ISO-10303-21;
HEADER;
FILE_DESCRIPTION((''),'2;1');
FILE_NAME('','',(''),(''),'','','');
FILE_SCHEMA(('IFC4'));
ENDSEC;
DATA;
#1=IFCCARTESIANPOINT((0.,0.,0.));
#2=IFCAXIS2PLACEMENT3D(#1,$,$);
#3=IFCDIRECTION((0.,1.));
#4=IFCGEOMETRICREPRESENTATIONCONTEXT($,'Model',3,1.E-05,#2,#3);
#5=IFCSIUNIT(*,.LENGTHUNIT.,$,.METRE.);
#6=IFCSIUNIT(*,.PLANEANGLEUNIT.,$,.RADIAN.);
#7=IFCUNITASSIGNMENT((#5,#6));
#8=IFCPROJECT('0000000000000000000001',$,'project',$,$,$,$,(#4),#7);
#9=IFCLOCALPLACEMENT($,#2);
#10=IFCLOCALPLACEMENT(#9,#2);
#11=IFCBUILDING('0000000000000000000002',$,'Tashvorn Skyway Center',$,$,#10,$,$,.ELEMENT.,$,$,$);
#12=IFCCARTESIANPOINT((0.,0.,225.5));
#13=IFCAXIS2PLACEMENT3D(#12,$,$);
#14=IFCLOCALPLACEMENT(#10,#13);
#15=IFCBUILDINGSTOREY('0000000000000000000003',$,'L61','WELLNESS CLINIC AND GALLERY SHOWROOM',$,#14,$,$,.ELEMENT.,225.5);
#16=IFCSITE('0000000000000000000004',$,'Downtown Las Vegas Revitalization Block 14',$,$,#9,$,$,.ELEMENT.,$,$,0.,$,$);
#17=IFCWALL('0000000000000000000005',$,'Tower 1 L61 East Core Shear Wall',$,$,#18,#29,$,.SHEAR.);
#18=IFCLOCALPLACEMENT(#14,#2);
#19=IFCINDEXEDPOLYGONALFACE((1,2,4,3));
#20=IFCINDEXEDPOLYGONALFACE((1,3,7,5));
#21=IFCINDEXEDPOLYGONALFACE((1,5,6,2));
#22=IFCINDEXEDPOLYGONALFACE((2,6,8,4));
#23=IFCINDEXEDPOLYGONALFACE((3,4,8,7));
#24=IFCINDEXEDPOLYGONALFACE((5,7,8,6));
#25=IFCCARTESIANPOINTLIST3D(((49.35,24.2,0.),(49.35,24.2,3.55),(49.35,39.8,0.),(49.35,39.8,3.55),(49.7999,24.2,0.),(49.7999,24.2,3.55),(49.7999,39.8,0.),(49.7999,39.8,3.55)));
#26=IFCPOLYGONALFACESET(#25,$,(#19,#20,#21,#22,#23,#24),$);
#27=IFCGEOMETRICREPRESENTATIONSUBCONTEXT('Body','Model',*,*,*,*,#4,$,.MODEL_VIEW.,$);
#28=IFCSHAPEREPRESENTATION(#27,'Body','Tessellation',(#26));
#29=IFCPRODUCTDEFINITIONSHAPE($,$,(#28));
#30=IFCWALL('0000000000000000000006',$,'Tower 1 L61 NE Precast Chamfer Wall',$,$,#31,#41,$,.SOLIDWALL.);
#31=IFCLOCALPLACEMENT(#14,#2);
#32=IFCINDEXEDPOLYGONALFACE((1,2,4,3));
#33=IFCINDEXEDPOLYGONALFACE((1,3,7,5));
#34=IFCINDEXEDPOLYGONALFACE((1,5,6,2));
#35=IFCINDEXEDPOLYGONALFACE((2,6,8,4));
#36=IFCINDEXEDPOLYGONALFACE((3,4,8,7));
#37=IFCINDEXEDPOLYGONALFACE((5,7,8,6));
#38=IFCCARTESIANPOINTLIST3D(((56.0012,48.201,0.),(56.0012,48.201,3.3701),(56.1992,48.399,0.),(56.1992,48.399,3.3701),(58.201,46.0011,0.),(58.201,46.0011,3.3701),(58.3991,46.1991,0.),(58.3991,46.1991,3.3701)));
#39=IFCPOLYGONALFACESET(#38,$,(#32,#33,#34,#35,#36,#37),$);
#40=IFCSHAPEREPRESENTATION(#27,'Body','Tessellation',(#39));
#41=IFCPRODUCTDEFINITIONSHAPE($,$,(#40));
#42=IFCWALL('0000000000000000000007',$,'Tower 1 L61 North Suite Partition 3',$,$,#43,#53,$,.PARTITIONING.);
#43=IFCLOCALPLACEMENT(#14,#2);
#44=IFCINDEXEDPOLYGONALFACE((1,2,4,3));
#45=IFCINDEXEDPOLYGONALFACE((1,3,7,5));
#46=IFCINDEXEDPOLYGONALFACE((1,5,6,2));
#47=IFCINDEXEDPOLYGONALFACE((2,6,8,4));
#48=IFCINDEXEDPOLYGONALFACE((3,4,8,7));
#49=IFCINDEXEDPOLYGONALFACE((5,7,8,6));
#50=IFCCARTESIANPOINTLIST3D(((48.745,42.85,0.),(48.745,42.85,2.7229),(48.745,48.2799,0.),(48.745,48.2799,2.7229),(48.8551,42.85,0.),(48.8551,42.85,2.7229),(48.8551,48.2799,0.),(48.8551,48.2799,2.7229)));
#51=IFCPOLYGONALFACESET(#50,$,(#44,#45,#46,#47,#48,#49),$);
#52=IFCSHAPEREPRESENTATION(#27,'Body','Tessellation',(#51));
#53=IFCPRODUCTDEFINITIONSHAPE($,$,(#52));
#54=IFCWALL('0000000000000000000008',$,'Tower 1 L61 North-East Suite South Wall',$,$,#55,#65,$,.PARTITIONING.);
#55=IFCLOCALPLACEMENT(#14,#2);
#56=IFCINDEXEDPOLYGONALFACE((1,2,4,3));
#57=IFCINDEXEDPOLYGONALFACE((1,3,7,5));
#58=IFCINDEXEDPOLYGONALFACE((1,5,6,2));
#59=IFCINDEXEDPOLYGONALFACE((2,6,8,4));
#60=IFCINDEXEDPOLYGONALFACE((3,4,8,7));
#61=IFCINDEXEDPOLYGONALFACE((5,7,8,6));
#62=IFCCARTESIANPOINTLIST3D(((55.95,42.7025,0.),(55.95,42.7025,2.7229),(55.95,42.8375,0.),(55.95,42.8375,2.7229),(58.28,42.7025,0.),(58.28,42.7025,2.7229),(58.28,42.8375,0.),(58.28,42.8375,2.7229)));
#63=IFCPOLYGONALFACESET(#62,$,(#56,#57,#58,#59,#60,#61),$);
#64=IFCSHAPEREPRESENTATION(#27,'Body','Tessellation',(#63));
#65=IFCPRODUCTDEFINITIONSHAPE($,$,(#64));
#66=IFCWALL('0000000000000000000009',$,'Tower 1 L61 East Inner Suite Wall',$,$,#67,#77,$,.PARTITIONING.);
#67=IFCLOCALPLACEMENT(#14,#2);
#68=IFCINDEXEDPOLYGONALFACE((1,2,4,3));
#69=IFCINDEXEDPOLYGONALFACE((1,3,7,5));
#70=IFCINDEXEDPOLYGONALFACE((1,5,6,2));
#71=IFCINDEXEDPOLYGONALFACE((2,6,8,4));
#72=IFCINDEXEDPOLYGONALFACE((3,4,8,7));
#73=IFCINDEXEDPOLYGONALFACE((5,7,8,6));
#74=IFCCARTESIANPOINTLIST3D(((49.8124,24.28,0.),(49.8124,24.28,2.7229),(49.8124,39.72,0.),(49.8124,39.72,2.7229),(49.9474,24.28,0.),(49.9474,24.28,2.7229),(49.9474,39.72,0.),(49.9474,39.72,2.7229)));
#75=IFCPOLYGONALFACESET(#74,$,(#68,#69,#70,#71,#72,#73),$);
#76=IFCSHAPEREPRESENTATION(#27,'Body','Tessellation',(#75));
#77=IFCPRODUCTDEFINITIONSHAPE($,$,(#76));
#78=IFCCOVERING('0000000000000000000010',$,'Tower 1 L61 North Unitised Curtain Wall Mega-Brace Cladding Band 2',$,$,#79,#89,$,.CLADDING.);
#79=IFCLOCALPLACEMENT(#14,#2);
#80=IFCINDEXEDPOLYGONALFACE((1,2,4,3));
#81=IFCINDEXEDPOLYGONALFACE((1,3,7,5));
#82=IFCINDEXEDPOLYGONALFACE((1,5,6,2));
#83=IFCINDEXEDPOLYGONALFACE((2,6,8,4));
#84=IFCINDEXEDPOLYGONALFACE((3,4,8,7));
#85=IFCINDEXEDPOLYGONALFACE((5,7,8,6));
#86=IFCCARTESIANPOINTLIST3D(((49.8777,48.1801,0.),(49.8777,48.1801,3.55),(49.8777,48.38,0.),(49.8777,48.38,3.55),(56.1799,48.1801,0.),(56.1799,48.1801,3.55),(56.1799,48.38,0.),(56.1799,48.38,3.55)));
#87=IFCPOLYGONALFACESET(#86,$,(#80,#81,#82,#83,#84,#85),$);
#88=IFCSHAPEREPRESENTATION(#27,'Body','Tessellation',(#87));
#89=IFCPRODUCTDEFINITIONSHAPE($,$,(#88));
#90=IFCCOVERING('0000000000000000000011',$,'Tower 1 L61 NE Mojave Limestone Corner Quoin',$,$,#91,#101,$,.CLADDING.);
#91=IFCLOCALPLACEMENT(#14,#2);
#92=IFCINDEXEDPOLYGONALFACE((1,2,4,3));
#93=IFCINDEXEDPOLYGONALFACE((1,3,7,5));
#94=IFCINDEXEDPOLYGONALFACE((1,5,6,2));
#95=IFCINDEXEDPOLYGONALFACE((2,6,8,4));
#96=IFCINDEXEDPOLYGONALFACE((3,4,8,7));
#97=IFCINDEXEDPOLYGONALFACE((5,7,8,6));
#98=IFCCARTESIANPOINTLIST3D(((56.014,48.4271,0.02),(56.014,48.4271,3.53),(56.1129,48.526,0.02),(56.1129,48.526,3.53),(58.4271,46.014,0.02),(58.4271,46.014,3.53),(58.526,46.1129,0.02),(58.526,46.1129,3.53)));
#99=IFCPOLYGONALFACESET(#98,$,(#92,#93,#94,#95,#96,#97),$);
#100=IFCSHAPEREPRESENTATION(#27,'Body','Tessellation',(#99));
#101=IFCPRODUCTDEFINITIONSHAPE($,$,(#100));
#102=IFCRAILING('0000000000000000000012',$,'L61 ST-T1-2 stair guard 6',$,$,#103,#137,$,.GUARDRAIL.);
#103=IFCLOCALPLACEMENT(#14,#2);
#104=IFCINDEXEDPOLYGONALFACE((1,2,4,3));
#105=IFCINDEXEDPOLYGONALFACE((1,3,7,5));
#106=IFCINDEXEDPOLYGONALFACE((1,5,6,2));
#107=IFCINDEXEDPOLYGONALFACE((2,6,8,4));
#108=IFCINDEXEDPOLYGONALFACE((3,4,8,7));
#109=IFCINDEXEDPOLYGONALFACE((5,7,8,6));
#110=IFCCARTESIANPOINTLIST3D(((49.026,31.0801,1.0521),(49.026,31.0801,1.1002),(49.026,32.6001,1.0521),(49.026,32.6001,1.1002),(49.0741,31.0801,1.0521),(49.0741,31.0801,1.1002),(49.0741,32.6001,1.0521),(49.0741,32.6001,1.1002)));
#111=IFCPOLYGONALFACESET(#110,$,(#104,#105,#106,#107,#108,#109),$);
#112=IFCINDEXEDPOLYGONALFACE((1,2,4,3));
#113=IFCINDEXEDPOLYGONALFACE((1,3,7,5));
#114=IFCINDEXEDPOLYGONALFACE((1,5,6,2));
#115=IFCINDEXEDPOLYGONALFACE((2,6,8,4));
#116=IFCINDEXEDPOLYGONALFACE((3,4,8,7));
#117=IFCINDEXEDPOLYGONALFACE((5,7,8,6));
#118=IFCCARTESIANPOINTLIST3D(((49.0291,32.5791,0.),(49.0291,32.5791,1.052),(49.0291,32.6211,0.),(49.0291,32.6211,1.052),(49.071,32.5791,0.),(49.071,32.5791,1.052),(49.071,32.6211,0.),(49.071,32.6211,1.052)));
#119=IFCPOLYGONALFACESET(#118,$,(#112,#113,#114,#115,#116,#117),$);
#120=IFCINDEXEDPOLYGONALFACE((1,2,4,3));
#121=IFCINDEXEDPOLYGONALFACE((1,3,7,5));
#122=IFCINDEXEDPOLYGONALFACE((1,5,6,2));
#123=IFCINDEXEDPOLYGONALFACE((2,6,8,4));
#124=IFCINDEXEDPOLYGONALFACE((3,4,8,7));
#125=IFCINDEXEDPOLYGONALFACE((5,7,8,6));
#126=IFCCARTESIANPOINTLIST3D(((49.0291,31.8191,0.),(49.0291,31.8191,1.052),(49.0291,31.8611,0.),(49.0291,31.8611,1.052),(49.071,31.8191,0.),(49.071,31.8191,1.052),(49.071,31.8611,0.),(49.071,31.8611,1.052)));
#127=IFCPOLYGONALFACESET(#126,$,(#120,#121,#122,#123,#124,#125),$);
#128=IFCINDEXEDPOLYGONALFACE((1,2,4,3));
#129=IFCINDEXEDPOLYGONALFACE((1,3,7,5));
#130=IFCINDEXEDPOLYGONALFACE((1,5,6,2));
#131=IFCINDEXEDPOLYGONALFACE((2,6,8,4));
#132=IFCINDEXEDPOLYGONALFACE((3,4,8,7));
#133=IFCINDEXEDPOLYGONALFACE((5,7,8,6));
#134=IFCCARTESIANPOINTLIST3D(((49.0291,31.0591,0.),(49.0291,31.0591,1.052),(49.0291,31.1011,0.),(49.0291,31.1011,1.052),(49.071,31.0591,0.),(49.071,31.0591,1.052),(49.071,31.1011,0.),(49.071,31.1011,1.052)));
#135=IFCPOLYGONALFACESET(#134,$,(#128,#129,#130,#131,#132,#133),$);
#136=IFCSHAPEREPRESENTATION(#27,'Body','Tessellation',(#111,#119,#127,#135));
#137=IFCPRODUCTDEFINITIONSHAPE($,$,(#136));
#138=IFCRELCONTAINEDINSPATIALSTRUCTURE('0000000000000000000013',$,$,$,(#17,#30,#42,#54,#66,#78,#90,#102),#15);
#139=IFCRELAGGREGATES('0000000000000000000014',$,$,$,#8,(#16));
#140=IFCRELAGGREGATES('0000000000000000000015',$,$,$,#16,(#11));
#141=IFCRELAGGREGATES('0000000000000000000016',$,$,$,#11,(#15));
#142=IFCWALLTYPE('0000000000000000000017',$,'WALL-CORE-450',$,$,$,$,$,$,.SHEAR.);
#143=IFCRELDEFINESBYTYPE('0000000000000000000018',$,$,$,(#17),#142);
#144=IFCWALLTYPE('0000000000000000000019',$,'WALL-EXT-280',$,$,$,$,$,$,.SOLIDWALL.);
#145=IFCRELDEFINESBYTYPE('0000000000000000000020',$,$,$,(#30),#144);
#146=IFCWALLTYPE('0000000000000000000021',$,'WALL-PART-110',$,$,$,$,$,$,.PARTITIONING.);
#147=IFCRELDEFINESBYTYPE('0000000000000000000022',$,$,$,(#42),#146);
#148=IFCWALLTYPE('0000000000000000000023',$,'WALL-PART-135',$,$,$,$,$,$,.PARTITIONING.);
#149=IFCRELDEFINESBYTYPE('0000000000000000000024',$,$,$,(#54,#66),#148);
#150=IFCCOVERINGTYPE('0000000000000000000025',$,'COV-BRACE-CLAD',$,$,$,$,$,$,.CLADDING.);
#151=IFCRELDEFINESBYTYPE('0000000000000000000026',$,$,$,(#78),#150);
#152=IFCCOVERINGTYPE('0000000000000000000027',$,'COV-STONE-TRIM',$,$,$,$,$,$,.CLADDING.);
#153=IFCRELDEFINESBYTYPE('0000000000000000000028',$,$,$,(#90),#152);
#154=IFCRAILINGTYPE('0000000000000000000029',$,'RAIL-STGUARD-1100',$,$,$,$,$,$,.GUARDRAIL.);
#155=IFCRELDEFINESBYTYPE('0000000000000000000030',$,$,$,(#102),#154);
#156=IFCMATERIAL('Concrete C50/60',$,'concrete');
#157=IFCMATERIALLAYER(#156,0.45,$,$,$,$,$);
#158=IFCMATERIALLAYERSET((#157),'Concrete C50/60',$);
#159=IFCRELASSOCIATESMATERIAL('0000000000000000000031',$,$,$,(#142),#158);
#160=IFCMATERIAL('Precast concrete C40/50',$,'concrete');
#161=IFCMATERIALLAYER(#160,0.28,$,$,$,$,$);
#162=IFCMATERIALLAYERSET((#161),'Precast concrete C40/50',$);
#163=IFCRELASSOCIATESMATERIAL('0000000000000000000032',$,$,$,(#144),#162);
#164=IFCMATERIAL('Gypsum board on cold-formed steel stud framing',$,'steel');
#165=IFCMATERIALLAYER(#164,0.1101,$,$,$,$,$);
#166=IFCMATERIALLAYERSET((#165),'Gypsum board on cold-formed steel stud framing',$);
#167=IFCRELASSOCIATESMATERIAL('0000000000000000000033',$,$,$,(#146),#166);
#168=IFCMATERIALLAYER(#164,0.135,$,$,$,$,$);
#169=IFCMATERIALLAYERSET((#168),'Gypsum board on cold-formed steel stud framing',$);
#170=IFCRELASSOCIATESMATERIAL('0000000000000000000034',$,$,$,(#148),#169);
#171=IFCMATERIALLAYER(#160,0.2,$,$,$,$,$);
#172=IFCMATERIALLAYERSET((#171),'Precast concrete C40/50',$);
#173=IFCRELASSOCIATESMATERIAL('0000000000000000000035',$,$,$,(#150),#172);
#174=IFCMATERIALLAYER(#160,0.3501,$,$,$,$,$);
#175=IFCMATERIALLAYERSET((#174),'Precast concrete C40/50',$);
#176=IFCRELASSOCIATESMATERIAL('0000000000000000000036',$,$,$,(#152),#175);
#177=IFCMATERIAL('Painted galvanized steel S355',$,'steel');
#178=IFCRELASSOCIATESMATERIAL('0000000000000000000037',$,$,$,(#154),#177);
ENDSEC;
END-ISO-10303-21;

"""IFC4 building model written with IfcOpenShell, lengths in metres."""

from ifc_helpers import new_model, si_unit, direction, frame, frame_2d, origin, origin_2d, place, context, subcontext, project, spatial, rectangle, extrude, material, layer, layer_set, type_object, element, save


model = new_model("IFC4")

# Units and contexts
model_context = context("Model", 3, precision=1e-05, world=origin(), true_north=direction((0.0, 1.0)))
body_context = subcontext(model_context, "Body", "Model", "MODEL_VIEW")
ifc_project = project(units=[si_unit("LENGTHUNIT", "METRE"), si_unit("PLANEANGLEUNIT", "RADIAN")], contexts=[model_context])

# Site, building, storey
site_placement = place(None, origin())
site = spatial("IfcSite", under=ifc_project, at=site_placement, Name="Downtown Las Vegas Revitalization Block 14", CompositionType="ELEMENT", RefElevation=0.0)
building_placement = place(site_placement, origin())
building = spatial("IfcBuilding", under=site, at=building_placement, Name="Tashvorn Skyway Center", CompositionType="ELEMENT")
storey_placement = place(building_placement, frame((0.0, 0.0, 225.5)))
storey = spatial("IfcBuildingStorey", under=building, at=storey_placement, Name="L61", Description="WELLNESS CLINIC AND GALLERY SHOWROOM", CompositionType="ELEMENT", Elevation=225.5)

# Walls
ifc_material_1 = material(Name="Concrete C50/60", Category="concrete")
ifc_layer_1 = layer(ifc_material_1, 0.45)
ifc_layer_set_1 = layer_set([ifc_layer_1], Name="Concrete C50/60")
wall_type_1 = type_object("IfcWallType", Name="WALL-CORE-450", PredefinedType="SHEAR", material=ifc_layer_set_1)
wall_1_placement = place(storey_placement, frame((49.575, 39.8, 0.0), z_axis=(0.0, 0.0, 1.0), x_axis=(0.0, -1.0, 0.0)))
element("IfcWall", 1, at=wall_1_placement, inside=storey, type_object=wall_type_1, Name="Tower 1 L61 East Core Shear Wall", PredefinedType="SHEAR", context=body_context, shape_type="SweptSolid", body=[
    extrude(rectangle(XDim=15.6001, YDim=0.45, at=frame_2d((7.8, 0.0))), origin(), (0.0, 0.0, 1.0), 3.55),
])
ifc_material_2 = material(Name="Precast concrete C40/50", Category="concrete")
ifc_layer_2 = layer(ifc_material_2, 0.28)
ifc_layer_set_2 = layer_set([ifc_layer_2], Name="Precast concrete C40/50")
wall_type_2 = type_object("IfcWallType", Name="WALL-EXT-280", PredefinedType="SOLIDWALL", material=ifc_layer_set_2)
wall_2_placement = place(storey_placement, frame((56.1001, 48.3, 0.0), z_axis=(0.0, 0.0, 1.0), x_axis=(0.707107, -0.707107, 0.0)))
element("IfcWall", 2, at=wall_2_placement, inside=storey, type_object=wall_type_2, Name="Tower 1 L61 NE Precast Chamfer Wall", PredefinedType="SOLIDWALL", context=body_context, shape_type="SweptSolid", body=[
    extrude(rectangle(XDim=3.1111, YDim=0.28, at=frame_2d((1.5557, 0.0))), origin(), (0.0, 0.0, 1.0), 3.3701),
])
ifc_material_3 = material(Name="Gypsum board on cold-formed steel stud framing", Category="steel")
ifc_layer_3 = layer(ifc_material_3, 0.1101)
ifc_layer_set_3 = layer_set([ifc_layer_3], Name="Gypsum board on cold-formed steel stud framing")
wall_type_3 = type_object("IfcWallType", Name="WALL-PART-110", PredefinedType="PARTITIONING", material=ifc_layer_set_3)
wall_3_placement = place(storey_placement, frame((48.8, 42.8501, 0.0), z_axis=(0.0, 0.0, 1.0), x_axis=(0.0, 1.0, 0.0)))
element("IfcWall", 3, at=wall_3_placement, inside=storey, type_object=wall_type_3, Name="Tower 1 L61 North Suite Partition 3", PredefinedType="PARTITIONING", context=body_context, shape_type="SweptSolid", body=[
    extrude(rectangle(XDim=5.4299, YDim=0.1101, at=frame_2d((2.7148, 0.0))), origin(), (0.0, 0.0, 1.0), 2.7229),
])
ifc_layer_4 = layer(ifc_material_3, 0.135)
ifc_layer_set_4 = layer_set([ifc_layer_4], Name="Gypsum board on cold-formed steel stud framing")
wall_type_4 = type_object("IfcWallType", Name="WALL-PART-135", PredefinedType="PARTITIONING", material=ifc_layer_set_4)
wall_4_placement = place(storey_placement, frame((55.95, 42.77, 0.0), z_axis=(0.0, 0.0, 1.0), x_axis=(1.0, 0.0, 0.0)))
element("IfcWall", 4, at=wall_4_placement, inside=storey, type_object=wall_type_4, Name="Tower 1 L61 North-East Suite South Wall", PredefinedType="PARTITIONING", context=body_context, shape_type="SweptSolid", body=[
    extrude(rectangle(XDim=2.3301, YDim=0.135, at=frame_2d((1.165, 0.0))), origin(), (0.0, 0.0, 1.0), 2.7229),
])
wall_5_placement = place(storey_placement, frame((49.8799, 39.72, 0.0), z_axis=(0.0, 0.0, 1.0), x_axis=(0.0, -1.0, 0.0)))
element("IfcWall", 5, at=wall_5_placement, inside=storey, type_object=wall_type_4, Name="Tower 1 L61 East Inner Suite Wall", PredefinedType="PARTITIONING", context=body_context, shape_type="SweptSolid", body=[
    extrude(rectangle(XDim=15.4399, YDim=0.135, at=frame_2d((7.72, 0.0))), origin(), (0.0, 0.0, 1.0), 2.7229),
])

# Coverings
ifc_layer_5 = layer(ifc_material_2, 0.2)
ifc_layer_set_5 = layer_set([ifc_layer_5], Name="Precast concrete C40/50")
covering_type_1 = type_object("IfcCoveringType", Name="COV-BRACE-CLAD", PredefinedType="CLADDING", material=ifc_layer_set_5)
covering_1_placement = place(storey_placement, frame((53.0288, 48.28, 0.0), z_axis=(0.0, 0.0, 1.0), x_axis=(1.0, 0.0, 0.0)))
element("IfcCovering", 6, at=covering_1_placement, inside=storey, type_object=covering_type_1, Name="Tower 1 L61 North Unitised Curtain Wall Mega-Brace Cladding Band 2", PredefinedType="CLADDING", context=body_context, shape_type="SweptSolid", body=[
    extrude(rectangle(XDim=6.3022, YDim=0.2, at=origin_2d()), origin(), (0.0, 0.0, 1.0), 3.55),
])
ifc_layer_6 = layer(ifc_material_2, 0.3501)
ifc_layer_set_6 = layer_set([ifc_layer_6], Name="Precast concrete C40/50")
covering_type_2 = type_object("IfcCoveringType", Name="COV-STONE-TRIM", PredefinedType="CLADDING", material=ifc_layer_set_6)
covering_2_placement = place(storey_placement, frame((57.27, 47.27, 0.02), z_axis=(0.0, 0.0, 1.0), x_axis=(0.707107, -0.707107, 0.0)))
element("IfcCovering", 7, at=covering_2_placement, inside=storey, type_object=covering_type_2, Name="Tower 1 L61 NE Mojave Limestone Corner Quoin", PredefinedType="CLADDING", context=body_context, shape_type="SweptSolid", body=[
    extrude(rectangle(XDim=3.4126, YDim=0.1399, at=origin_2d()), origin(), (0.0, 0.0, 1.0), 3.51),
])

# Railing
ifc_material_4 = material(Name="Painted galvanized steel S355", Category="steel")
railing_type = type_object("IfcRailingType", Name="RAIL-STGUARD-1100", PredefinedType="GUARDRAIL", material=ifc_material_4)
railing_placement = place(storey_placement, frame((49.05, 32.6001, 0.0)))
element("IfcRailing", 8, at=railing_placement, inside=storey, type_object=railing_type, Name="L61 ST-T1-2 stair guard 6", PredefinedType="GUARDRAIL", context=body_context, shape_type="SweptSolid", body=[
    extrude(rectangle(XDim=0.0481, YDim=0.0481, at=origin_2d()), frame((0.0, 0.0, 1.0762), z_axis=(0.0, -1.0, 0.0), x_axis=(1.0, 0.0, 0.0)), (0.0, 0.0, 1.0), 1.52),
    extrude(rectangle(XDim=0.042, YDim=0.042, at=origin_2d()), origin(), (0.0, 0.0, 1.0), 1.052),
    extrude(rectangle(XDim=0.042, YDim=0.042, at=origin_2d()), frame((0.0, -0.76, 0.0)), (0.0, 0.0, 1.0), 1.052),
    extrude(rectangle(XDim=0.042, YDim=0.042, at=origin_2d()), frame((0.0, -1.52, 0.0)), (0.0, 0.0, 1.0), 1.052),
])

save(model, "model.ifc")
